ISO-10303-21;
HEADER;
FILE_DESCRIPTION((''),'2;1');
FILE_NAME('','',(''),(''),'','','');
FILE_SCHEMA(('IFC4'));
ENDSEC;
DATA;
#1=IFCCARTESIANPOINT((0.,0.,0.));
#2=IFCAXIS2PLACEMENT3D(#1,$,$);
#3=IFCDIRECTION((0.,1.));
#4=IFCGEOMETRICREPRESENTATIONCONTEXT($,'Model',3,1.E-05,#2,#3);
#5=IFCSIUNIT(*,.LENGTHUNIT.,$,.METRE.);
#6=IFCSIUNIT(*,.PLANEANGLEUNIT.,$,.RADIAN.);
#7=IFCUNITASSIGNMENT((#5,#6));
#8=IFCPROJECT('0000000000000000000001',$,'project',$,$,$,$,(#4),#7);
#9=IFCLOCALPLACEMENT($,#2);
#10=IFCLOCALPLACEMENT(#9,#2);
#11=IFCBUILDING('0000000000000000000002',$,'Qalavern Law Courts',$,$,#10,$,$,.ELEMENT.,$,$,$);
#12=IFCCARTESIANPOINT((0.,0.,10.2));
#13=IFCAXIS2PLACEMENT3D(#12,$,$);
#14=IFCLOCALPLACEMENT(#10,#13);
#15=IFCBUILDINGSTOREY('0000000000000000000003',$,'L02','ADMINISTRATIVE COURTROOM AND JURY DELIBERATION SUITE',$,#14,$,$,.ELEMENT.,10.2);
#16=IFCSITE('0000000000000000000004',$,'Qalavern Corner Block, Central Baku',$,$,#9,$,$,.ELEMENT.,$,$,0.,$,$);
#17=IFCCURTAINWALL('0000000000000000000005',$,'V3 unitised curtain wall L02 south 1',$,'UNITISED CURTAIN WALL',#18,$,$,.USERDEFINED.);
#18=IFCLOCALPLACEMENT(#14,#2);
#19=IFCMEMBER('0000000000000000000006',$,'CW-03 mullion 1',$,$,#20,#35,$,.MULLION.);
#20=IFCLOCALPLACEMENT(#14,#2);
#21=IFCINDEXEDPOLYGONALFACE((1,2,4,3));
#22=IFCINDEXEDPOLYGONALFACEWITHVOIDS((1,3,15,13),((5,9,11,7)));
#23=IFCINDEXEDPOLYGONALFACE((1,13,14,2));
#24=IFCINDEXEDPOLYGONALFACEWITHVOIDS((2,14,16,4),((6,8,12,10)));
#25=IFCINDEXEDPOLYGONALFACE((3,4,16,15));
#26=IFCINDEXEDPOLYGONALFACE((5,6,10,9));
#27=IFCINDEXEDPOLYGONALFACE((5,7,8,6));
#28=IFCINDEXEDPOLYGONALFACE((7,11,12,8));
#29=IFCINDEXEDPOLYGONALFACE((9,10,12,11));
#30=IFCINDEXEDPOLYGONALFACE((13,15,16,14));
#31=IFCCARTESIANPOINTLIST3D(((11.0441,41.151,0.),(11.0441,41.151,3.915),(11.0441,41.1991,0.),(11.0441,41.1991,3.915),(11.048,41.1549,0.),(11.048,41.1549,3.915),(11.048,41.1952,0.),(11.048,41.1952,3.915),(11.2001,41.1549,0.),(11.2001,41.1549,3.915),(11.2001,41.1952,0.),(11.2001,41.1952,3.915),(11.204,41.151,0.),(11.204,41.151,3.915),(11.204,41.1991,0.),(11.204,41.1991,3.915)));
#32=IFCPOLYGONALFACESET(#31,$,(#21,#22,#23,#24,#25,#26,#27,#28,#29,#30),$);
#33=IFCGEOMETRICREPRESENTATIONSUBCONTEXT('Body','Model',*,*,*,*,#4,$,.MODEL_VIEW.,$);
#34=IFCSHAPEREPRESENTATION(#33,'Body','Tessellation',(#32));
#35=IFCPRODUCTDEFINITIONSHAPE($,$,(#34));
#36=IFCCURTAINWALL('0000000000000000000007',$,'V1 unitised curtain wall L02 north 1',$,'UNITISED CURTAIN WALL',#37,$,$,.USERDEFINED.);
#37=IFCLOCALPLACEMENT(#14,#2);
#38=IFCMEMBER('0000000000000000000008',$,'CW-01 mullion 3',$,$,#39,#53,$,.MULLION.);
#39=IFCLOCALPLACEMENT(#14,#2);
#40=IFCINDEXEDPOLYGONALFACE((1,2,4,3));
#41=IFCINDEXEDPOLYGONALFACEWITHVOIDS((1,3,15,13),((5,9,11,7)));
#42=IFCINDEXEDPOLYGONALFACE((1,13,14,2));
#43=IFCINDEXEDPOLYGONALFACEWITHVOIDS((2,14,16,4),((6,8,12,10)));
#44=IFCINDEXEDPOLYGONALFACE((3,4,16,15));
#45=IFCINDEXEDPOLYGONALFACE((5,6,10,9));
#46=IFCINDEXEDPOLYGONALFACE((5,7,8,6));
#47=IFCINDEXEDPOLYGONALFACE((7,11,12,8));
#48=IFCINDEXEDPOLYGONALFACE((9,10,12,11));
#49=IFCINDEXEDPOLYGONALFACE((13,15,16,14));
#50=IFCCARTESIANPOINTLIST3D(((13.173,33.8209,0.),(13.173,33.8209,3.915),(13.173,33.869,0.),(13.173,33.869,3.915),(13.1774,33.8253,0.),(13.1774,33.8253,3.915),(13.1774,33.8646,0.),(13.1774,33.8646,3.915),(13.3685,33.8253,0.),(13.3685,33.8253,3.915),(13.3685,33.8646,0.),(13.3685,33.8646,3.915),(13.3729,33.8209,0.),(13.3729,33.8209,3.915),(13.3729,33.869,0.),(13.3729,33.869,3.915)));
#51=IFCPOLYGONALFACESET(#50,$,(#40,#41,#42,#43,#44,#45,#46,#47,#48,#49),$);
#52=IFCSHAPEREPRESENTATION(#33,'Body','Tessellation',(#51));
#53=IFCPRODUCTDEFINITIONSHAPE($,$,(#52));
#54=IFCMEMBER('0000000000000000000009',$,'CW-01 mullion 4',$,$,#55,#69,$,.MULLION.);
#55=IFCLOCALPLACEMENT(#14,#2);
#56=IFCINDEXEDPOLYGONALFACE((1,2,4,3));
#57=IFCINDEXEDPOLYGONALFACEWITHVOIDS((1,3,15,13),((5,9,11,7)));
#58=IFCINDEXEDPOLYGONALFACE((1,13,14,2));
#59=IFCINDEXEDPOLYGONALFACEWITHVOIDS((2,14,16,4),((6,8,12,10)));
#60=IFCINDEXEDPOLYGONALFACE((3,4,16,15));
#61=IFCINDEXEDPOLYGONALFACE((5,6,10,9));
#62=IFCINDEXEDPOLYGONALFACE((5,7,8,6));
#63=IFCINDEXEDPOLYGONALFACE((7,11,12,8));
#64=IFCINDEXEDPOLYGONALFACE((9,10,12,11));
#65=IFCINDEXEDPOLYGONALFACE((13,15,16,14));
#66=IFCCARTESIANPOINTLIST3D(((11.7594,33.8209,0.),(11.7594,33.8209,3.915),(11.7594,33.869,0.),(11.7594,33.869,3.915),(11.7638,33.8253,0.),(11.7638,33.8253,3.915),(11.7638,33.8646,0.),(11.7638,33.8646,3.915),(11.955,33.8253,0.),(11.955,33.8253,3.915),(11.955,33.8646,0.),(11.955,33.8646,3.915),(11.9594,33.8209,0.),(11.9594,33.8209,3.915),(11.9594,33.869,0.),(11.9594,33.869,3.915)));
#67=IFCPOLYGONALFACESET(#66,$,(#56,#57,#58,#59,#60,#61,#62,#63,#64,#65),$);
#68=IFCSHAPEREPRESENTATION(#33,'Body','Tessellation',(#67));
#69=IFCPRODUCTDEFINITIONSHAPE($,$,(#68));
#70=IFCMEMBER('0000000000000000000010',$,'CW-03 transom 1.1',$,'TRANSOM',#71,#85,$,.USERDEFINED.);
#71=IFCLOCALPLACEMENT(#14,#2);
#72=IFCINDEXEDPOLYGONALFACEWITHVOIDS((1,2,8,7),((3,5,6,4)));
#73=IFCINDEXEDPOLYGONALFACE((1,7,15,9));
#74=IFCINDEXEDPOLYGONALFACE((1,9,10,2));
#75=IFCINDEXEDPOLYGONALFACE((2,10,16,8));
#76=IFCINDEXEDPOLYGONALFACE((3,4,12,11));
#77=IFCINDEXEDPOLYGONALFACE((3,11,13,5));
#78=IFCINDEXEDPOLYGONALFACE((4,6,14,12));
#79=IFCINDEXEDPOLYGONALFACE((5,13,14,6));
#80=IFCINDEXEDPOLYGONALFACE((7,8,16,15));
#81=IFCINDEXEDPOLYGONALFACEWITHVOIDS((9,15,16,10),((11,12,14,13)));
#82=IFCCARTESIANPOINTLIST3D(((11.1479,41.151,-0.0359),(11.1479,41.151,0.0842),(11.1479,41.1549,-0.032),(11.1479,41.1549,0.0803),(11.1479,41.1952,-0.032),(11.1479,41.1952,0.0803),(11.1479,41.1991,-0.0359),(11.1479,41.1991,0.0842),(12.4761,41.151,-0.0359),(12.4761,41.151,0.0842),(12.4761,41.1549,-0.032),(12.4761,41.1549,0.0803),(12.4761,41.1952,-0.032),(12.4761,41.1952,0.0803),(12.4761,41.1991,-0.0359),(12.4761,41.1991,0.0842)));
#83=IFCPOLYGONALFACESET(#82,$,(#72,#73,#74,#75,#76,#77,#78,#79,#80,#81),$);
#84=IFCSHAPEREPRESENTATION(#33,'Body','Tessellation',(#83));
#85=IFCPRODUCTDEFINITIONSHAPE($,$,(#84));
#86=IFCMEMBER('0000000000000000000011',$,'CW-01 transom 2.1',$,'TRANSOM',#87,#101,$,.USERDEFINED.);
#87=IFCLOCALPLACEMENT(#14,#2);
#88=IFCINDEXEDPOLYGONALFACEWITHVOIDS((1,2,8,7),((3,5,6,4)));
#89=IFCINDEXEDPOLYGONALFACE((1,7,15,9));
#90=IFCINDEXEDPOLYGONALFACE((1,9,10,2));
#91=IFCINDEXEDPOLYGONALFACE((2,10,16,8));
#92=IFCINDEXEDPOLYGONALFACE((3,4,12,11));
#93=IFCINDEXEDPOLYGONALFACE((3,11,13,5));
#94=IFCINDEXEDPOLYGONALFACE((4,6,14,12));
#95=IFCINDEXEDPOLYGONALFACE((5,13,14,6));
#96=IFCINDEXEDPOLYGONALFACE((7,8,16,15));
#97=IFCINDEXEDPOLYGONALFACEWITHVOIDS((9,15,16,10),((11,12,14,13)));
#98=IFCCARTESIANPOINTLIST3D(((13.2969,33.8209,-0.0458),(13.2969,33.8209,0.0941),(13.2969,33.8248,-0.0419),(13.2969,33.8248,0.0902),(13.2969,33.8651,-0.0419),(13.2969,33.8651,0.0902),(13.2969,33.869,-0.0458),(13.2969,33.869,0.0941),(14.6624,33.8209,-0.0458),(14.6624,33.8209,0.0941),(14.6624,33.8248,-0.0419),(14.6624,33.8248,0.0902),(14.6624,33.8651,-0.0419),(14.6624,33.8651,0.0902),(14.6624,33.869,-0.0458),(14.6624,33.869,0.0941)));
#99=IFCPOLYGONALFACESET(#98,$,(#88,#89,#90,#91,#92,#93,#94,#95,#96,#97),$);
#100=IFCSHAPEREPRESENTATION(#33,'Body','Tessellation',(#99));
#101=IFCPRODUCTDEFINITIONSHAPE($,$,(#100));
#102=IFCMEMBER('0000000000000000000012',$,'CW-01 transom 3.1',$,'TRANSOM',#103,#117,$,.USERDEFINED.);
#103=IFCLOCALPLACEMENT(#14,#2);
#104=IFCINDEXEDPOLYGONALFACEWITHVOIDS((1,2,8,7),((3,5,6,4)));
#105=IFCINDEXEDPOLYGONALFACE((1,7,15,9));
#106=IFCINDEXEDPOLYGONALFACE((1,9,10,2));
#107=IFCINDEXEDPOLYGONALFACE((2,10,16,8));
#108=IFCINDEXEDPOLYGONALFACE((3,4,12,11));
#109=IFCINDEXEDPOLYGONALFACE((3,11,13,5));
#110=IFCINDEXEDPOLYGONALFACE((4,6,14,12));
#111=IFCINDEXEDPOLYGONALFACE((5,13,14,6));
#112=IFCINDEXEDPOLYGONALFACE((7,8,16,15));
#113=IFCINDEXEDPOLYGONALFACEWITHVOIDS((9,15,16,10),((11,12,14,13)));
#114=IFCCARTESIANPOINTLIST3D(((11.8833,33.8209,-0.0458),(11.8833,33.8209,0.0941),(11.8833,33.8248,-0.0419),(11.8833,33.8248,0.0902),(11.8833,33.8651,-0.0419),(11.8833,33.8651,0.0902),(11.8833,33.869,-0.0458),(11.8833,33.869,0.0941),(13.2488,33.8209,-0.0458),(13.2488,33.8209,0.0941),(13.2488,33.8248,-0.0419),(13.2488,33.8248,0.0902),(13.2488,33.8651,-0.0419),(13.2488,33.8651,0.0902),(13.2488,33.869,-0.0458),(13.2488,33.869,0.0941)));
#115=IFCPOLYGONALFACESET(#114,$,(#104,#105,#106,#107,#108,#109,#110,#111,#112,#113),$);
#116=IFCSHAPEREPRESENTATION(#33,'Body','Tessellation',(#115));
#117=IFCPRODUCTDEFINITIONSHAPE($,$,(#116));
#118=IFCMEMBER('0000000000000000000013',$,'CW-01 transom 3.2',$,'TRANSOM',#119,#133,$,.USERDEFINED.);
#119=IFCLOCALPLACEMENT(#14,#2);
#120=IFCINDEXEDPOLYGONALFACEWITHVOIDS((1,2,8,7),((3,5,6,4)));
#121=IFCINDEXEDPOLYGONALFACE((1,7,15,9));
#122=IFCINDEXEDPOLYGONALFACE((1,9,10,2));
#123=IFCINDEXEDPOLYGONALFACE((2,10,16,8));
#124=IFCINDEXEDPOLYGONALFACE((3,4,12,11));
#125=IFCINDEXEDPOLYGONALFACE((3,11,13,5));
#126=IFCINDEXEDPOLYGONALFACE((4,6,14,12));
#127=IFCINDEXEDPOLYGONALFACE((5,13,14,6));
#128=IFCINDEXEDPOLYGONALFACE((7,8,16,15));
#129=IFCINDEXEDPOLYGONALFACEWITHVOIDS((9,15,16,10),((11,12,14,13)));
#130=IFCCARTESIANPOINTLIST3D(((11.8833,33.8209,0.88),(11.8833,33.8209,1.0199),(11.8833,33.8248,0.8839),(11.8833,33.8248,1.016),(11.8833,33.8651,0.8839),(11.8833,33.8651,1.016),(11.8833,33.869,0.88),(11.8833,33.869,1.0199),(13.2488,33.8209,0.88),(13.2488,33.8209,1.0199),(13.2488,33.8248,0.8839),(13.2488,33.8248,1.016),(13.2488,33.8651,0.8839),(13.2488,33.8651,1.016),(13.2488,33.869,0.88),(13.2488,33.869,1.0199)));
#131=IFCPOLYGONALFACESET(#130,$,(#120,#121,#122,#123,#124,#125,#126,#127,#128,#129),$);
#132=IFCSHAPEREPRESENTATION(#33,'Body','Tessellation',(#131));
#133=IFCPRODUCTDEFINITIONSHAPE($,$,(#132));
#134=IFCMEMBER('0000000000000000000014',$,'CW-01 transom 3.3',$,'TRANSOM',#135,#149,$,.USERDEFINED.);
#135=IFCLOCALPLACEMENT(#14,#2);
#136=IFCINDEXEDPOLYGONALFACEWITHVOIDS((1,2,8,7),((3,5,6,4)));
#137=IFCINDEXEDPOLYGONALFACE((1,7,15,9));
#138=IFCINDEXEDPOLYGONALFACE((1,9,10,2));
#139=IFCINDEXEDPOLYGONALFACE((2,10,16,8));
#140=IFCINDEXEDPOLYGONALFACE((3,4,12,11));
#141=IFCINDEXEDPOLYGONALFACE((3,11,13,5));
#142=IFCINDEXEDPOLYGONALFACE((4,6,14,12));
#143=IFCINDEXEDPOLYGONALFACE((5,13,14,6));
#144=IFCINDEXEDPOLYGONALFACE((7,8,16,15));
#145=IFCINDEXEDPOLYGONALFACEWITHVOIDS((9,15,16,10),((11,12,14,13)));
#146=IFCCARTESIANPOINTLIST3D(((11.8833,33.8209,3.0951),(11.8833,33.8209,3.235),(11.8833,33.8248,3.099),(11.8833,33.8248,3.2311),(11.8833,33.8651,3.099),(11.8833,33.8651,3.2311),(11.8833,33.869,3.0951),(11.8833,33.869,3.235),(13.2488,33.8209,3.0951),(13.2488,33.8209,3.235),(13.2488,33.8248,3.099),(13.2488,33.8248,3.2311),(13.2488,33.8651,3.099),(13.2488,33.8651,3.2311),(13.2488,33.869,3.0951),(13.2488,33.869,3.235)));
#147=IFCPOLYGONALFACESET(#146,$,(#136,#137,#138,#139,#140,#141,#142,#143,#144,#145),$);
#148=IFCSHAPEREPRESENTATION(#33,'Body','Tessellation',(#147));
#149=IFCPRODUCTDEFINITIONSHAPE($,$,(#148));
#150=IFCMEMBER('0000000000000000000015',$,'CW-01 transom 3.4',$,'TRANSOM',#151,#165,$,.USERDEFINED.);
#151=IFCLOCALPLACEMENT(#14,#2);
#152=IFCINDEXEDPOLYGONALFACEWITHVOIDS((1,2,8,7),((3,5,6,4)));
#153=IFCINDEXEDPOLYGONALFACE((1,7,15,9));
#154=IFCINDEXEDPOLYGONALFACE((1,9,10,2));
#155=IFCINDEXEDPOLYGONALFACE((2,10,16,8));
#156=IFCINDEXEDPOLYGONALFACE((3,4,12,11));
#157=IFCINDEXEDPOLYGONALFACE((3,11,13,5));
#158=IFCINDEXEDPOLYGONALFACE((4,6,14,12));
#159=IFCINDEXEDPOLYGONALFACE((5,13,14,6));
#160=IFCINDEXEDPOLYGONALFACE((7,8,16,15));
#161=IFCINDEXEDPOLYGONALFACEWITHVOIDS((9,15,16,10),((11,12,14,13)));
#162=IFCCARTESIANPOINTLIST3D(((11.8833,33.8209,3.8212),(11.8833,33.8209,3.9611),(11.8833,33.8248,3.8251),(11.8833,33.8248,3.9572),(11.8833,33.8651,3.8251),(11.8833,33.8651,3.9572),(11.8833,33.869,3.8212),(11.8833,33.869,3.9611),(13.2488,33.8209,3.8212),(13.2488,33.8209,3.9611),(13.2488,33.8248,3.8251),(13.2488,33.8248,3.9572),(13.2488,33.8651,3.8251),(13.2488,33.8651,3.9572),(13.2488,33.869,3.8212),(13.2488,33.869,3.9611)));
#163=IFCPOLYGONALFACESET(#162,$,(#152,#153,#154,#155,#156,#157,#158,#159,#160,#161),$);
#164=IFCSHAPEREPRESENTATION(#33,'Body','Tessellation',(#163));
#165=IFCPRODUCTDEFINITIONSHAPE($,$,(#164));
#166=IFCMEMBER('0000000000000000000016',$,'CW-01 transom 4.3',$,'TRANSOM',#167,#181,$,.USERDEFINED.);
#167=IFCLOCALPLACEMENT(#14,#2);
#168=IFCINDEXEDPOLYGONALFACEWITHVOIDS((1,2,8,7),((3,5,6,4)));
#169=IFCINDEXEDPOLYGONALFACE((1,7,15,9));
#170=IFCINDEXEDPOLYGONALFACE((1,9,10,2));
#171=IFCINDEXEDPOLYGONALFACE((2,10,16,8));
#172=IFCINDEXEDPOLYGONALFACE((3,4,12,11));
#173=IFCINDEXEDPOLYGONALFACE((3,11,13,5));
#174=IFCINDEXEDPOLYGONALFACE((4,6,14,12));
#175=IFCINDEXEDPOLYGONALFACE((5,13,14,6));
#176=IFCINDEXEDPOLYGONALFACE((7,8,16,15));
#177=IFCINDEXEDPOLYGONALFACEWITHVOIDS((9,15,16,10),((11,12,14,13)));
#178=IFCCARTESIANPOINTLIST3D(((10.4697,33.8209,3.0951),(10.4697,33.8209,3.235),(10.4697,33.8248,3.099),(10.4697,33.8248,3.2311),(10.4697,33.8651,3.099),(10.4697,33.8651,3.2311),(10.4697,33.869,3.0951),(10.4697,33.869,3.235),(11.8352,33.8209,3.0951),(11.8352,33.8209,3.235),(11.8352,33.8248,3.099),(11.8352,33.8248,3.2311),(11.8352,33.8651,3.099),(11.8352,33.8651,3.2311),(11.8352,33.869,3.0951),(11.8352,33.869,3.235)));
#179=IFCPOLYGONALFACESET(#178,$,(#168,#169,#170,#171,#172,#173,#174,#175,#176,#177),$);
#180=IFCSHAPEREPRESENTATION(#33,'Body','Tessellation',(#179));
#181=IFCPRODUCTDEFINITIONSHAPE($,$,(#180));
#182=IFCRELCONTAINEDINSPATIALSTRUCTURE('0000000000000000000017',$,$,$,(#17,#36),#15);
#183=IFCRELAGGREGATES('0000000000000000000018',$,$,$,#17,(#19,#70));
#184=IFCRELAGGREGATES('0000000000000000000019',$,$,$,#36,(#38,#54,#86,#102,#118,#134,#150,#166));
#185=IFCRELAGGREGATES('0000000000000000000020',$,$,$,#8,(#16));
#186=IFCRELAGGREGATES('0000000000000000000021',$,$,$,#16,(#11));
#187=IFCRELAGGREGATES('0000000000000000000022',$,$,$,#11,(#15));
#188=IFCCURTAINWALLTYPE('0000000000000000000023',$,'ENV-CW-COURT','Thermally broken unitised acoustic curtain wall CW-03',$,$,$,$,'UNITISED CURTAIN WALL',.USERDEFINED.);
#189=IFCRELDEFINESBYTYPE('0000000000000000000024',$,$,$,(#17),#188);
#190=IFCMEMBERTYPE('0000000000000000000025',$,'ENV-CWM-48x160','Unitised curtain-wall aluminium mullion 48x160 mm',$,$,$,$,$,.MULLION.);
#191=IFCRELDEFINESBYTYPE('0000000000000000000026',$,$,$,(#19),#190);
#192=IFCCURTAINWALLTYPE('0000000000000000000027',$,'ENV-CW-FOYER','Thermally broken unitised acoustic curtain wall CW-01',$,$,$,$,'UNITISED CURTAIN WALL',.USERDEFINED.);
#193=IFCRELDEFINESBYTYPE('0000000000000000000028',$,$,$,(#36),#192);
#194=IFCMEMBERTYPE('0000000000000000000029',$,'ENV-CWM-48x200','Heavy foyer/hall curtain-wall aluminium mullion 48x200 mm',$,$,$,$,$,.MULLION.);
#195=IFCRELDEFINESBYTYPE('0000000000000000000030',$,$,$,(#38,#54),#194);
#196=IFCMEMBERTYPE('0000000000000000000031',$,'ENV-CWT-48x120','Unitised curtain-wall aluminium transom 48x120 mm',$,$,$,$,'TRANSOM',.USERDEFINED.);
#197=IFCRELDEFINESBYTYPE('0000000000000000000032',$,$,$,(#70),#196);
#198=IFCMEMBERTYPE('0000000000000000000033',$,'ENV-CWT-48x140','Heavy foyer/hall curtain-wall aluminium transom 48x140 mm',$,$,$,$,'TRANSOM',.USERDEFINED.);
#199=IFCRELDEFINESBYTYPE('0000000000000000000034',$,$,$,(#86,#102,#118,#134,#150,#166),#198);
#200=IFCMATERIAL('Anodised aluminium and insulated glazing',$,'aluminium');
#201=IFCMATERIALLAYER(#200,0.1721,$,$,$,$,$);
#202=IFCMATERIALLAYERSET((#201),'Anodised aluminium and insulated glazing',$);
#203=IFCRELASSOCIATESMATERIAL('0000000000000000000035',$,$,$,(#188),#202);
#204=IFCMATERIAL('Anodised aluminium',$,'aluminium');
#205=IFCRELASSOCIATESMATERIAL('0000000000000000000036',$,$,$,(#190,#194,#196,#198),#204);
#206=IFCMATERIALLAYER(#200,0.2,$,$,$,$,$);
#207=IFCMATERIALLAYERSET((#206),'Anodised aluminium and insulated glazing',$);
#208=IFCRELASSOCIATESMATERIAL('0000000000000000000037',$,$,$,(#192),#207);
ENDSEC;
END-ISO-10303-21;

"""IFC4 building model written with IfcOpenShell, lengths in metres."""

from ifc_helpers import new_model, si_unit, direction, frame, origin, origin_2d, place, context, subcontext, project, spatial, hollow_rectangle, extrude, material, layer, layer_set, material_profile, profile_set, type_object, element, aggregate, save


model = new_model("IFC4")

# Units and contexts
model_context = context("Model", 3, precision=1e-05, world=origin(), true_north=direction((0.0, 1.0)))
body_context = subcontext(model_context, "Body", "Model", "MODEL_VIEW")
ifc_project = project(units=[si_unit("LENGTHUNIT", "METRE"), si_unit("PLANEANGLEUNIT", "RADIAN")], contexts=[model_context])

# Site, building, storey
site_placement = place(None, origin())
site = spatial("IfcSite", under=ifc_project, at=site_placement, Name="Qalavern Corner Block, Central Baku", CompositionType="ELEMENT", RefElevation=0.0)
building_placement = place(site_placement, origin())
building = spatial("IfcBuilding", under=site, at=building_placement, Name="Qalavern Law Courts", CompositionType="ELEMENT")
storey_placement = place(building_placement, frame((0.0, 0.0, 10.2)))
storey = spatial("IfcBuildingStorey", under=building, at=storey_placement, Name="L02", Description="ADMINISTRATIVE COURTROOM AND JURY DELIBERATION SUITE", CompositionType="ELEMENT", Elevation=10.2)

# Curtain wall, member
ifc_material_1 = material(Name="Anodised aluminium and insulated glazing", Category="aluminium")
ifc_layer_1 = layer(ifc_material_1, 0.1721)
ifc_layer_set_1 = layer_set([ifc_layer_1], Name="Anodised aluminium and insulated glazing")
curtain_wall_type_1 = type_object("IfcCurtainWallType", Name="ENV-CW-COURT", Description="Thermally broken unitised acoustic curtain wall CW-03", ElementType="UNITISED CURTAIN WALL", PredefinedType="USERDEFINED", material=ifc_layer_set_1)
curtain_wall_1_placement = place(storey_placement, origin())
curtain_wall_1 = element("IfcCurtainWall", 1, at=curtain_wall_1_placement, inside=storey, type_object=curtain_wall_type_1, Name="V3 unitised curtain wall L02 south 1", ObjectType="UNITISED CURTAIN WALL", PredefinedType="USERDEFINED")
ifc_material_2 = material(Name="Anodised aluminium", Category="aluminium")
ifc_material_profile_1 = material_profile(ifc_material_2, hollow_rectangle(XDim=0.0481, YDim=0.1599, WallThickness=0.0039, at=origin_2d()), Name="ALU MULLION 48x160")
ifc_profile_set_1 = profile_set([ifc_material_profile_1], Name="Anodised aluminium")
member_type_1 = type_object("IfcMemberType", Name="ENV-CWM-48x160", Description="Unitised curtain-wall aluminium mullion 48x160 mm", PredefinedType="MULLION", material=ifc_profile_set_1)
member_1_placement = place(storey_placement, frame((11.124, 41.175, 0.0), z_axis=(0.0, 0.0, 1.0), x_axis=(0.0, 1.0, 0.0)))
member_1 = element("IfcMember", 2, at=member_1_placement, type_object=member_type_1, Name="CW-03 mullion 1", PredefinedType="MULLION", context=body_context, shape_type="SweptSolid", body=[
    extrude(hollow_rectangle(XDim=0.0481, YDim=0.1599, WallThickness=0.0039, at=origin_2d()), origin(), (0.0, 0.0, 1.0), 3.915),
])

# Curtain wall, members
ifc_layer_2 = layer(ifc_material_1, 0.2)
ifc_layer_set_2 = layer_set([ifc_layer_2], Name="Anodised aluminium and insulated glazing")
curtain_wall_type_2 = type_object("IfcCurtainWallType", Name="ENV-CW-FOYER", Description="Thermally broken unitised acoustic curtain wall CW-01", ElementType="UNITISED CURTAIN WALL", PredefinedType="USERDEFINED", material=ifc_layer_set_2)
curtain_wall_2_placement = place(storey_placement, origin())
curtain_wall_2 = element("IfcCurtainWall", 3, at=curtain_wall_2_placement, inside=storey, type_object=curtain_wall_type_2, Name="V1 unitised curtain wall L02 north 1", ObjectType="UNITISED CURTAIN WALL", PredefinedType="USERDEFINED")
ifc_material_profile_2 = material_profile(ifc_material_2, hollow_rectangle(XDim=0.0481, YDim=0.2, WallThickness=0.0044, at=origin_2d()), Name="ALU MULLION 48x200")
ifc_profile_set_2 = profile_set([ifc_material_profile_2], Name="Anodised aluminium")
member_type_2 = type_object("IfcMemberType", Name="ENV-CWM-48x200", Description="Heavy foyer/hall curtain-wall aluminium mullion 48x200 mm", PredefinedType="MULLION", material=ifc_profile_set_2)
member_2_placement = place(storey_placement, frame((13.2729, 33.845, 0.0), z_axis=(0.0, 0.0, 1.0), x_axis=(0.0, -1.0, 0.0)))
member_2 = element("IfcMember", 4, at=member_2_placement, type_object=member_type_2, Name="CW-01 mullion 3", PredefinedType="MULLION", context=body_context, shape_type="SweptSolid", body=[
    extrude(hollow_rectangle(XDim=0.0481, YDim=0.2, WallThickness=0.0044, at=origin_2d()), origin(), (0.0, 0.0, 1.0), 3.915),
])
member_3_placement = place(storey_placement, frame((11.8594, 33.845, 0.0), z_axis=(0.0, 0.0, 1.0), x_axis=(0.0, -1.0, 0.0)))
member_3 = element("IfcMember", 5, at=member_3_placement, type_object=member_type_2, Name="CW-01 mullion 4", PredefinedType="MULLION", context=body_context, shape_type="SweptSolid", body=[
    extrude(hollow_rectangle(XDim=0.0481, YDim=0.2, WallThickness=0.0044, at=origin_2d()), origin(), (0.0, 0.0, 1.0), 3.915),
])

# Members
ifc_material_profile_3 = material_profile(ifc_material_2, hollow_rectangle(XDim=0.0481, YDim=0.1201, WallThickness=0.0039, at=origin_2d()), Name="ALU TRANSOM 48x120")
ifc_profile_set_3 = profile_set([ifc_material_profile_3], Name="Anodised aluminium")
member_type_3 = type_object("IfcMemberType", Name="ENV-CWT-48x120", Description="Unitised curtain-wall aluminium transom 48x120 mm", ElementType="TRANSOM", PredefinedType="USERDEFINED", material=ifc_profile_set_3)
member_4_placement = place(storey_placement, frame((11.1479, 41.175, 0.0242), z_axis=(1.0, 0.0, 0.0), x_axis=(0.0, 1.0, 0.0)))
member_4 = element("IfcMember", 6, at=member_4_placement, type_object=member_type_3, Name="CW-03 transom 1.1", ObjectType="TRANSOM", PredefinedType="USERDEFINED", context=body_context, shape_type="SweptSolid", body=[
    extrude(hollow_rectangle(XDim=0.0481, YDim=0.1201, WallThickness=0.0039, at=origin_2d()), origin(), (0.0, 0.0, 1.0), 1.3281),
])
aggregate(curtain_wall_1, [member_1, member_4])
ifc_material_profile_4 = material_profile(ifc_material_2, hollow_rectangle(XDim=0.0481, YDim=0.1399, WallThickness=0.0039, at=origin_2d()), Name="ALU TRANSOM 48x140")
ifc_profile_set_4 = profile_set([ifc_material_profile_4], Name="Anodised aluminium")
member_type_4 = type_object("IfcMemberType", Name="ENV-CWT-48x140", Description="Heavy foyer/hall curtain-wall aluminium transom 48x140 mm", ElementType="TRANSOM", PredefinedType="USERDEFINED", material=ifc_profile_set_4)
member_5_placement = place(storey_placement, frame((14.6624, 33.845, 0.0242), z_axis=(-1.0, 0.0, 0.0), x_axis=(0.0, -1.0, 0.0)))
member_5 = element("IfcMember", 7, at=member_5_placement, type_object=member_type_4, Name="CW-01 transom 2.1", ObjectType="TRANSOM", PredefinedType="USERDEFINED", context=body_context, shape_type="SweptSolid", body=[
    extrude(hollow_rectangle(XDim=0.0481, YDim=0.1399, WallThickness=0.0039, at=origin_2d()), origin(), (0.0, 0.0, 1.0), 1.3655),
])
member_6_placement = place(storey_placement, frame((13.2488, 33.845, 0.0242), z_axis=(-1.0, 0.0, 0.0), x_axis=(0.0, -1.0, 0.0)))
member_6 = element("IfcMember", 8, at=member_6_placement, type_object=member_type_4, Name="CW-01 transom 3.1", ObjectType="TRANSOM", PredefinedType="USERDEFINED", context=body_context, shape_type="SweptSolid", body=[
    extrude(hollow_rectangle(XDim=0.0481, YDim=0.1399, WallThickness=0.0039, at=origin_2d()), origin(), (0.0, 0.0, 1.0), 1.3655),
])
member_7_placement = place(storey_placement, frame((13.2488, 33.845, 0.95), z_axis=(-1.0, 0.0, 0.0), x_axis=(0.0, -1.0, 0.0)))
member_7 = element("IfcMember", 9, at=member_7_placement, type_object=member_type_4, Name="CW-01 transom 3.2", ObjectType="TRANSOM", PredefinedType="USERDEFINED", context=body_context, shape_type="SweptSolid", body=[
    extrude(hollow_rectangle(XDim=0.0481, YDim=0.1399, WallThickness=0.0039, at=origin_2d()), origin(), (0.0, 0.0, 1.0), 1.3655),
])
member_8_placement = place(storey_placement, frame((13.2488, 33.845, 3.165), z_axis=(-1.0, 0.0, 0.0), x_axis=(0.0, -1.0, 0.0)))
member_8 = element("IfcMember", 10, at=member_8_placement, type_object=member_type_4, Name="CW-01 transom 3.3", ObjectType="TRANSOM", PredefinedType="USERDEFINED", context=body_context, shape_type="SweptSolid", body=[
    extrude(hollow_rectangle(XDim=0.0481, YDim=0.1399, WallThickness=0.0039, at=origin_2d()), origin(), (0.0, 0.0, 1.0), 1.3655),
])
member_9_placement = place(storey_placement, frame((13.2488, 33.845, 3.8911), z_axis=(-1.0, 0.0, 0.0), x_axis=(0.0, -1.0, 0.0)))
member_9 = element("IfcMember", 11, at=member_9_placement, type_object=member_type_4, Name="CW-01 transom 3.4", ObjectType="TRANSOM", PredefinedType="USERDEFINED", context=body_context, shape_type="SweptSolid", body=[
    extrude(hollow_rectangle(XDim=0.0481, YDim=0.1399, WallThickness=0.0039, at=origin_2d()), origin(), (0.0, 0.0, 1.0), 1.3655),
])
member_10_placement = place(storey_placement, frame((11.8352, 33.845, 3.165), z_axis=(-1.0, 0.0, 0.0), x_axis=(0.0, -1.0, 0.0)))
member_10 = element("IfcMember", 12, at=member_10_placement, type_object=member_type_4, Name="CW-01 transom 4.3", ObjectType="TRANSOM", PredefinedType="USERDEFINED", context=body_context, shape_type="SweptSolid", body=[
    extrude(hollow_rectangle(XDim=0.0481, YDim=0.1399, WallThickness=0.0039, at=origin_2d()), origin(), (0.0, 0.0, 1.0), 1.3655),
])

aggregate(curtain_wall_2, [member_2, member_3, member_5, member_6, member_7, member_8, member_9, member_10])

save(model, "model.ifc")
